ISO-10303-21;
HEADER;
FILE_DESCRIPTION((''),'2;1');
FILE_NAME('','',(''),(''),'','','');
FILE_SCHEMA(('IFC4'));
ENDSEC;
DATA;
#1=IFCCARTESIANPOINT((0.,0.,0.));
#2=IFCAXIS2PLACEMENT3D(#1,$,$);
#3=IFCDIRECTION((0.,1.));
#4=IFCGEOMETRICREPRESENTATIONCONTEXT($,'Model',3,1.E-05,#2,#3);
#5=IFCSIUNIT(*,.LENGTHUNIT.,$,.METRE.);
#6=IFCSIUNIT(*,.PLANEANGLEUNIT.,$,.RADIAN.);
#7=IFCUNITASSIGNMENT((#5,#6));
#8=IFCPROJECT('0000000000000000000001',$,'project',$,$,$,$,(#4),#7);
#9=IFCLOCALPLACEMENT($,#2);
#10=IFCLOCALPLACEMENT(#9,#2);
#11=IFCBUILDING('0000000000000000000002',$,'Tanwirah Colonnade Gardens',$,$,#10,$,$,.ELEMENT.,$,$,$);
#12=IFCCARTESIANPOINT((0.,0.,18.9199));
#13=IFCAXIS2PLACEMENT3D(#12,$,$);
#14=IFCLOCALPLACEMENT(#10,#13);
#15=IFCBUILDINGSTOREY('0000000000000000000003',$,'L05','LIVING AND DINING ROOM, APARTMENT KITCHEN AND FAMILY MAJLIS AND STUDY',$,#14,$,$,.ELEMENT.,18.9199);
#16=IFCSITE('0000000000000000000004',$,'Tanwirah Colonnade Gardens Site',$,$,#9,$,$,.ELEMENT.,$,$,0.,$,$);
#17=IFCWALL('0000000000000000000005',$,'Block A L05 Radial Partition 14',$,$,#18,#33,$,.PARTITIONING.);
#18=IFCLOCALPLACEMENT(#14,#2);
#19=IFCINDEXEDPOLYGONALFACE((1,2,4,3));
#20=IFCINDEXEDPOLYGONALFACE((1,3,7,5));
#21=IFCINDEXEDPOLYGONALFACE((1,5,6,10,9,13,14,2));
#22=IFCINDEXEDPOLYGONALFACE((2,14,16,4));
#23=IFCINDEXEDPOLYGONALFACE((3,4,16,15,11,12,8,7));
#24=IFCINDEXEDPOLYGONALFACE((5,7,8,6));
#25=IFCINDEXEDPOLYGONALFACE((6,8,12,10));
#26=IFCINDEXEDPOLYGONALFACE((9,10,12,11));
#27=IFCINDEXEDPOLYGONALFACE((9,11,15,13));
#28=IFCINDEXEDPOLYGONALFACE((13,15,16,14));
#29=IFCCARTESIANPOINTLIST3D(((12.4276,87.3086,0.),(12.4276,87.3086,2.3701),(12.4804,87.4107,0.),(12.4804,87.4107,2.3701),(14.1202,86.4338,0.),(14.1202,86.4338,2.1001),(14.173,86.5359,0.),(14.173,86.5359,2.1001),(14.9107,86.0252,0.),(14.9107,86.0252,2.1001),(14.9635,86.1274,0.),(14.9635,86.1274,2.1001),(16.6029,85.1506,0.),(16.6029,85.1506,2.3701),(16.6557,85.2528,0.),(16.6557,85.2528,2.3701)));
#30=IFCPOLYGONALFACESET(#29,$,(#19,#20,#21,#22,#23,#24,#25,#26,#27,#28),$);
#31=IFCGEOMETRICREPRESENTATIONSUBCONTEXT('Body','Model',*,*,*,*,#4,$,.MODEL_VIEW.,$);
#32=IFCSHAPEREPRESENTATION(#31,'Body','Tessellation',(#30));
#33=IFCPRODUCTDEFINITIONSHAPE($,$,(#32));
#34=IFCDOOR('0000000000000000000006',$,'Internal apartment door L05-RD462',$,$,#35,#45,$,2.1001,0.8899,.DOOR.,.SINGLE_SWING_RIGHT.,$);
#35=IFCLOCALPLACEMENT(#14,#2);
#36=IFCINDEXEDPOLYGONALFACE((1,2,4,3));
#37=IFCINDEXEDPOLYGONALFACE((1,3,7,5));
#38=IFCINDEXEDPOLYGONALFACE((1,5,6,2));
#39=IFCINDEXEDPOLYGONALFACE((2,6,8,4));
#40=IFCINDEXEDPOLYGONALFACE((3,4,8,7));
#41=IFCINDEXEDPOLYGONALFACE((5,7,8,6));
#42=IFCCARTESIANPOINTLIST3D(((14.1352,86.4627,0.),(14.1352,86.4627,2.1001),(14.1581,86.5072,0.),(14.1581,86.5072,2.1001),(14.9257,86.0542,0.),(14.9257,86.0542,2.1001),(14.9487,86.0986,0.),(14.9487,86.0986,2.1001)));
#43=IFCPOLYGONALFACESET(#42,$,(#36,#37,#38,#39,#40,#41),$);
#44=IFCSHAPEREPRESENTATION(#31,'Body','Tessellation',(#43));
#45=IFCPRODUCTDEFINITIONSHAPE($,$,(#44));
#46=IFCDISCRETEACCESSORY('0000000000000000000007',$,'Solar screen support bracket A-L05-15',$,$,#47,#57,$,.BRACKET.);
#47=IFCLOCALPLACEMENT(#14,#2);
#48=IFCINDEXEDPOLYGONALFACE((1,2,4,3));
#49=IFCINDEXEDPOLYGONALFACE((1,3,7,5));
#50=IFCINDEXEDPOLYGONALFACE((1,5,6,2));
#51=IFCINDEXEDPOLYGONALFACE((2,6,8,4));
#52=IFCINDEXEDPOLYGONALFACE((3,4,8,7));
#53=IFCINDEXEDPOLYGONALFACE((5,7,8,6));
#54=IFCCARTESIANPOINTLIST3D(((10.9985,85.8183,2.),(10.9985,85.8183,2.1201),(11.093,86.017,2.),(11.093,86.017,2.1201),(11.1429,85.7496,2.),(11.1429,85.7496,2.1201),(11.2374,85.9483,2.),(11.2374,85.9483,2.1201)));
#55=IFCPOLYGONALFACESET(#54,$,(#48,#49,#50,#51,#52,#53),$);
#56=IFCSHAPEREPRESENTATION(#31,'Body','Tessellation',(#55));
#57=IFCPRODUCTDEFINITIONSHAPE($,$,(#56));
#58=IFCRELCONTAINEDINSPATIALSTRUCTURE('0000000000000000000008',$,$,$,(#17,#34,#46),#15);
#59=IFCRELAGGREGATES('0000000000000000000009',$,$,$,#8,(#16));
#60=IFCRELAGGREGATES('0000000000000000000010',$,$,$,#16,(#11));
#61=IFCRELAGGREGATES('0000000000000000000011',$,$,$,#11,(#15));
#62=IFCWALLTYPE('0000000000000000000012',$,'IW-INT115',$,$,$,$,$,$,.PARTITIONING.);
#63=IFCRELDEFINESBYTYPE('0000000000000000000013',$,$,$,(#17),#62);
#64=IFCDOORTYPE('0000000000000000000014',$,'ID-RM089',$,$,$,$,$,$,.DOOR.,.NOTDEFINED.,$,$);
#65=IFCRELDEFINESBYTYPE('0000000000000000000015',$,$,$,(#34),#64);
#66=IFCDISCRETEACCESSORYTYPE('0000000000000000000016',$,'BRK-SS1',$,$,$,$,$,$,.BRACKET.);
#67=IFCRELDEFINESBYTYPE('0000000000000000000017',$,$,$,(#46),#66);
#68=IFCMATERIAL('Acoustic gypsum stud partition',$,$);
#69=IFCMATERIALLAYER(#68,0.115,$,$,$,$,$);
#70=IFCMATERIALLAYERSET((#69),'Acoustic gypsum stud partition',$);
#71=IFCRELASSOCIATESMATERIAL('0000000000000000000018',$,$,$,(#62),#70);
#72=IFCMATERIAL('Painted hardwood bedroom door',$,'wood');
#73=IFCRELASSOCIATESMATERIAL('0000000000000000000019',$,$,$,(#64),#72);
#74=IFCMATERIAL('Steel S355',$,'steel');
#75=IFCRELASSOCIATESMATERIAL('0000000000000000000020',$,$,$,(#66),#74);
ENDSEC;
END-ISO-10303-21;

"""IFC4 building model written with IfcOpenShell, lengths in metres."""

from ifc_helpers import new_model, si_unit, direction, frame, frame_2d, origin, origin_2d, place, context, subcontext, project, spatial, rectangle, extrude, material, layer, layer_set, type_object, element, fill, save


model = new_model("IFC4")

# Units and contexts
model_context = context("Model", 3, precision=1e-05, world=origin(), true_north=direction((0.0, 1.0)))
body_context = subcontext(model_context, "Body", "Model", "MODEL_VIEW")
ifc_project = project(units=[si_unit("LENGTHUNIT", "METRE"), si_unit("PLANEANGLEUNIT", "RADIAN")], contexts=[model_context])

# Site, building, storey
site_placement = place(None, origin())
site = spatial("IfcSite", under=ifc_project, at=site_placement, Name="Tanwirah Colonnade Gardens Site", CompositionType="ELEMENT", RefElevation=0.0)
building_placement = place(site_placement, origin())
building = spatial("IfcBuilding", under=site, at=building_placement, Name="Tanwirah Colonnade Gardens", CompositionType="ELEMENT")
storey_placement = place(building_placement, frame((0.0, 0.0, 18.9199)))
storey = spatial("IfcBuildingStorey", under=building, at=storey_placement, Name="L05", Description="LIVING AND DINING ROOM, APARTMENT KITCHEN AND FAMILY MAJLIS AND STUDY", CompositionType="ELEMENT", Elevation=18.9199)

# Wall, opening, door
ifc_material_1 = material(Name="Acoustic gypsum stud partition")
ifc_layer_1 = layer(ifc_material_1, 0.115)
ifc_layer_set_1 = layer_set([ifc_layer_1], Name="Acoustic gypsum stud partition")
wall_type_1 = type_object("IfcWallType", Name="IW-INT115", PredefinedType="PARTITIONING", material=ifc_layer_set_1)
wall_1_placement = place(storey_placement, frame((16.6294, 85.2017, 0.0), z_axis=(0.0, 0.0, 1.0), x_axis=(-0.888363, 0.459142, 0.0)))
wall_1 = element("IfcWall", 1, at=wall_1_placement, inside=storey, type_object=wall_type_1, Name="Block A L05 Radial Partition 14", PredefinedType="PARTITIONING", context=body_context, shape_type="SweptSolid", body=[
    extrude(rectangle(XDim=4.7, YDim=0.115, at=frame_2d((2.3501, 0.0))), origin(), (0.0, 0.0, 1.0), 2.3701),
])
opening_1_placement = place(wall_1_placement, frame((1.905, 0.0, 0.0)))
opening_1 = element("IfcOpeningElement", 2, at=opening_1_placement, cuts=wall_1, PredefinedType="OPENING", context=body_context, shape_type="SweptSolid", body=[
    extrude(rectangle(XDim=0.8899, YDim=2.1001, at=frame_2d((0.4448, 1.05))), frame((0.0, 0.0674, 0.0), z_axis=(0.0, -1.0, 0.0), x_axis=(1.0, 0.0, 0.0)), (0.0, 0.0, 1.0), 0.135),
])
ifc_material_2 = material(Name="Painted hardwood bedroom door", Category="wood")
door_type_1 = type_object("IfcDoorType", Name="ID-RM089", OperationType="NOTDEFINED", PredefinedType="DOOR", material=ifc_material_2)
door_1_placement = place(opening_1_placement, origin())
door_1 = element("IfcDoor", 3, at=door_1_placement, inside=storey, type_object=door_type_1, Name="Internal apartment door L05-RD462", OperationType="SINGLE_SWING_RIGHT", OverallHeight=2.1001, OverallWidth=0.8899, PredefinedType="DOOR", context=body_context, shape_type="SweptSolid", body=[
    extrude(rectangle(XDim=0.8899, YDim=2.1001, at=frame_2d((0.4448, 1.05))), frame((0.0, 0.0249, 0.0), z_axis=(0.0, -1.0, 0.0), x_axis=(1.0, 0.0, 0.0)), (0.0, 0.0, 1.0), 0.05),
])
fill(opening_1, door_1)

# Discrete accessory
ifc_material_3 = material(Name="Steel S355", Category="steel")
discrete_accessory_type = type_object("IfcDiscreteAccessoryType", Name="BRK-SS1", PredefinedType="BRACKET", material=ifc_material_3)
discrete_accessory_placement = place(storey_placement, frame((11.1179, 85.8833, 2.0), z_axis=(0.0, 0.0, 1.0), x_axis=(-0.429636, -0.903002, 0.0)))
element("IfcDiscreteAccessory", 4, at=discrete_accessory_placement, inside=storey, type_object=discrete_accessory_type, Name="Solar screen support bracket A-L05-15", PredefinedType="BRACKET", context=body_context, shape_type="SweptSolid", body=[
    extrude(rectangle(XDim=0.22, YDim=0.1599, at=origin_2d()), origin(), (0.0, 0.0, 1.0), 0.1201),
])

save(model, "model.ifc")
